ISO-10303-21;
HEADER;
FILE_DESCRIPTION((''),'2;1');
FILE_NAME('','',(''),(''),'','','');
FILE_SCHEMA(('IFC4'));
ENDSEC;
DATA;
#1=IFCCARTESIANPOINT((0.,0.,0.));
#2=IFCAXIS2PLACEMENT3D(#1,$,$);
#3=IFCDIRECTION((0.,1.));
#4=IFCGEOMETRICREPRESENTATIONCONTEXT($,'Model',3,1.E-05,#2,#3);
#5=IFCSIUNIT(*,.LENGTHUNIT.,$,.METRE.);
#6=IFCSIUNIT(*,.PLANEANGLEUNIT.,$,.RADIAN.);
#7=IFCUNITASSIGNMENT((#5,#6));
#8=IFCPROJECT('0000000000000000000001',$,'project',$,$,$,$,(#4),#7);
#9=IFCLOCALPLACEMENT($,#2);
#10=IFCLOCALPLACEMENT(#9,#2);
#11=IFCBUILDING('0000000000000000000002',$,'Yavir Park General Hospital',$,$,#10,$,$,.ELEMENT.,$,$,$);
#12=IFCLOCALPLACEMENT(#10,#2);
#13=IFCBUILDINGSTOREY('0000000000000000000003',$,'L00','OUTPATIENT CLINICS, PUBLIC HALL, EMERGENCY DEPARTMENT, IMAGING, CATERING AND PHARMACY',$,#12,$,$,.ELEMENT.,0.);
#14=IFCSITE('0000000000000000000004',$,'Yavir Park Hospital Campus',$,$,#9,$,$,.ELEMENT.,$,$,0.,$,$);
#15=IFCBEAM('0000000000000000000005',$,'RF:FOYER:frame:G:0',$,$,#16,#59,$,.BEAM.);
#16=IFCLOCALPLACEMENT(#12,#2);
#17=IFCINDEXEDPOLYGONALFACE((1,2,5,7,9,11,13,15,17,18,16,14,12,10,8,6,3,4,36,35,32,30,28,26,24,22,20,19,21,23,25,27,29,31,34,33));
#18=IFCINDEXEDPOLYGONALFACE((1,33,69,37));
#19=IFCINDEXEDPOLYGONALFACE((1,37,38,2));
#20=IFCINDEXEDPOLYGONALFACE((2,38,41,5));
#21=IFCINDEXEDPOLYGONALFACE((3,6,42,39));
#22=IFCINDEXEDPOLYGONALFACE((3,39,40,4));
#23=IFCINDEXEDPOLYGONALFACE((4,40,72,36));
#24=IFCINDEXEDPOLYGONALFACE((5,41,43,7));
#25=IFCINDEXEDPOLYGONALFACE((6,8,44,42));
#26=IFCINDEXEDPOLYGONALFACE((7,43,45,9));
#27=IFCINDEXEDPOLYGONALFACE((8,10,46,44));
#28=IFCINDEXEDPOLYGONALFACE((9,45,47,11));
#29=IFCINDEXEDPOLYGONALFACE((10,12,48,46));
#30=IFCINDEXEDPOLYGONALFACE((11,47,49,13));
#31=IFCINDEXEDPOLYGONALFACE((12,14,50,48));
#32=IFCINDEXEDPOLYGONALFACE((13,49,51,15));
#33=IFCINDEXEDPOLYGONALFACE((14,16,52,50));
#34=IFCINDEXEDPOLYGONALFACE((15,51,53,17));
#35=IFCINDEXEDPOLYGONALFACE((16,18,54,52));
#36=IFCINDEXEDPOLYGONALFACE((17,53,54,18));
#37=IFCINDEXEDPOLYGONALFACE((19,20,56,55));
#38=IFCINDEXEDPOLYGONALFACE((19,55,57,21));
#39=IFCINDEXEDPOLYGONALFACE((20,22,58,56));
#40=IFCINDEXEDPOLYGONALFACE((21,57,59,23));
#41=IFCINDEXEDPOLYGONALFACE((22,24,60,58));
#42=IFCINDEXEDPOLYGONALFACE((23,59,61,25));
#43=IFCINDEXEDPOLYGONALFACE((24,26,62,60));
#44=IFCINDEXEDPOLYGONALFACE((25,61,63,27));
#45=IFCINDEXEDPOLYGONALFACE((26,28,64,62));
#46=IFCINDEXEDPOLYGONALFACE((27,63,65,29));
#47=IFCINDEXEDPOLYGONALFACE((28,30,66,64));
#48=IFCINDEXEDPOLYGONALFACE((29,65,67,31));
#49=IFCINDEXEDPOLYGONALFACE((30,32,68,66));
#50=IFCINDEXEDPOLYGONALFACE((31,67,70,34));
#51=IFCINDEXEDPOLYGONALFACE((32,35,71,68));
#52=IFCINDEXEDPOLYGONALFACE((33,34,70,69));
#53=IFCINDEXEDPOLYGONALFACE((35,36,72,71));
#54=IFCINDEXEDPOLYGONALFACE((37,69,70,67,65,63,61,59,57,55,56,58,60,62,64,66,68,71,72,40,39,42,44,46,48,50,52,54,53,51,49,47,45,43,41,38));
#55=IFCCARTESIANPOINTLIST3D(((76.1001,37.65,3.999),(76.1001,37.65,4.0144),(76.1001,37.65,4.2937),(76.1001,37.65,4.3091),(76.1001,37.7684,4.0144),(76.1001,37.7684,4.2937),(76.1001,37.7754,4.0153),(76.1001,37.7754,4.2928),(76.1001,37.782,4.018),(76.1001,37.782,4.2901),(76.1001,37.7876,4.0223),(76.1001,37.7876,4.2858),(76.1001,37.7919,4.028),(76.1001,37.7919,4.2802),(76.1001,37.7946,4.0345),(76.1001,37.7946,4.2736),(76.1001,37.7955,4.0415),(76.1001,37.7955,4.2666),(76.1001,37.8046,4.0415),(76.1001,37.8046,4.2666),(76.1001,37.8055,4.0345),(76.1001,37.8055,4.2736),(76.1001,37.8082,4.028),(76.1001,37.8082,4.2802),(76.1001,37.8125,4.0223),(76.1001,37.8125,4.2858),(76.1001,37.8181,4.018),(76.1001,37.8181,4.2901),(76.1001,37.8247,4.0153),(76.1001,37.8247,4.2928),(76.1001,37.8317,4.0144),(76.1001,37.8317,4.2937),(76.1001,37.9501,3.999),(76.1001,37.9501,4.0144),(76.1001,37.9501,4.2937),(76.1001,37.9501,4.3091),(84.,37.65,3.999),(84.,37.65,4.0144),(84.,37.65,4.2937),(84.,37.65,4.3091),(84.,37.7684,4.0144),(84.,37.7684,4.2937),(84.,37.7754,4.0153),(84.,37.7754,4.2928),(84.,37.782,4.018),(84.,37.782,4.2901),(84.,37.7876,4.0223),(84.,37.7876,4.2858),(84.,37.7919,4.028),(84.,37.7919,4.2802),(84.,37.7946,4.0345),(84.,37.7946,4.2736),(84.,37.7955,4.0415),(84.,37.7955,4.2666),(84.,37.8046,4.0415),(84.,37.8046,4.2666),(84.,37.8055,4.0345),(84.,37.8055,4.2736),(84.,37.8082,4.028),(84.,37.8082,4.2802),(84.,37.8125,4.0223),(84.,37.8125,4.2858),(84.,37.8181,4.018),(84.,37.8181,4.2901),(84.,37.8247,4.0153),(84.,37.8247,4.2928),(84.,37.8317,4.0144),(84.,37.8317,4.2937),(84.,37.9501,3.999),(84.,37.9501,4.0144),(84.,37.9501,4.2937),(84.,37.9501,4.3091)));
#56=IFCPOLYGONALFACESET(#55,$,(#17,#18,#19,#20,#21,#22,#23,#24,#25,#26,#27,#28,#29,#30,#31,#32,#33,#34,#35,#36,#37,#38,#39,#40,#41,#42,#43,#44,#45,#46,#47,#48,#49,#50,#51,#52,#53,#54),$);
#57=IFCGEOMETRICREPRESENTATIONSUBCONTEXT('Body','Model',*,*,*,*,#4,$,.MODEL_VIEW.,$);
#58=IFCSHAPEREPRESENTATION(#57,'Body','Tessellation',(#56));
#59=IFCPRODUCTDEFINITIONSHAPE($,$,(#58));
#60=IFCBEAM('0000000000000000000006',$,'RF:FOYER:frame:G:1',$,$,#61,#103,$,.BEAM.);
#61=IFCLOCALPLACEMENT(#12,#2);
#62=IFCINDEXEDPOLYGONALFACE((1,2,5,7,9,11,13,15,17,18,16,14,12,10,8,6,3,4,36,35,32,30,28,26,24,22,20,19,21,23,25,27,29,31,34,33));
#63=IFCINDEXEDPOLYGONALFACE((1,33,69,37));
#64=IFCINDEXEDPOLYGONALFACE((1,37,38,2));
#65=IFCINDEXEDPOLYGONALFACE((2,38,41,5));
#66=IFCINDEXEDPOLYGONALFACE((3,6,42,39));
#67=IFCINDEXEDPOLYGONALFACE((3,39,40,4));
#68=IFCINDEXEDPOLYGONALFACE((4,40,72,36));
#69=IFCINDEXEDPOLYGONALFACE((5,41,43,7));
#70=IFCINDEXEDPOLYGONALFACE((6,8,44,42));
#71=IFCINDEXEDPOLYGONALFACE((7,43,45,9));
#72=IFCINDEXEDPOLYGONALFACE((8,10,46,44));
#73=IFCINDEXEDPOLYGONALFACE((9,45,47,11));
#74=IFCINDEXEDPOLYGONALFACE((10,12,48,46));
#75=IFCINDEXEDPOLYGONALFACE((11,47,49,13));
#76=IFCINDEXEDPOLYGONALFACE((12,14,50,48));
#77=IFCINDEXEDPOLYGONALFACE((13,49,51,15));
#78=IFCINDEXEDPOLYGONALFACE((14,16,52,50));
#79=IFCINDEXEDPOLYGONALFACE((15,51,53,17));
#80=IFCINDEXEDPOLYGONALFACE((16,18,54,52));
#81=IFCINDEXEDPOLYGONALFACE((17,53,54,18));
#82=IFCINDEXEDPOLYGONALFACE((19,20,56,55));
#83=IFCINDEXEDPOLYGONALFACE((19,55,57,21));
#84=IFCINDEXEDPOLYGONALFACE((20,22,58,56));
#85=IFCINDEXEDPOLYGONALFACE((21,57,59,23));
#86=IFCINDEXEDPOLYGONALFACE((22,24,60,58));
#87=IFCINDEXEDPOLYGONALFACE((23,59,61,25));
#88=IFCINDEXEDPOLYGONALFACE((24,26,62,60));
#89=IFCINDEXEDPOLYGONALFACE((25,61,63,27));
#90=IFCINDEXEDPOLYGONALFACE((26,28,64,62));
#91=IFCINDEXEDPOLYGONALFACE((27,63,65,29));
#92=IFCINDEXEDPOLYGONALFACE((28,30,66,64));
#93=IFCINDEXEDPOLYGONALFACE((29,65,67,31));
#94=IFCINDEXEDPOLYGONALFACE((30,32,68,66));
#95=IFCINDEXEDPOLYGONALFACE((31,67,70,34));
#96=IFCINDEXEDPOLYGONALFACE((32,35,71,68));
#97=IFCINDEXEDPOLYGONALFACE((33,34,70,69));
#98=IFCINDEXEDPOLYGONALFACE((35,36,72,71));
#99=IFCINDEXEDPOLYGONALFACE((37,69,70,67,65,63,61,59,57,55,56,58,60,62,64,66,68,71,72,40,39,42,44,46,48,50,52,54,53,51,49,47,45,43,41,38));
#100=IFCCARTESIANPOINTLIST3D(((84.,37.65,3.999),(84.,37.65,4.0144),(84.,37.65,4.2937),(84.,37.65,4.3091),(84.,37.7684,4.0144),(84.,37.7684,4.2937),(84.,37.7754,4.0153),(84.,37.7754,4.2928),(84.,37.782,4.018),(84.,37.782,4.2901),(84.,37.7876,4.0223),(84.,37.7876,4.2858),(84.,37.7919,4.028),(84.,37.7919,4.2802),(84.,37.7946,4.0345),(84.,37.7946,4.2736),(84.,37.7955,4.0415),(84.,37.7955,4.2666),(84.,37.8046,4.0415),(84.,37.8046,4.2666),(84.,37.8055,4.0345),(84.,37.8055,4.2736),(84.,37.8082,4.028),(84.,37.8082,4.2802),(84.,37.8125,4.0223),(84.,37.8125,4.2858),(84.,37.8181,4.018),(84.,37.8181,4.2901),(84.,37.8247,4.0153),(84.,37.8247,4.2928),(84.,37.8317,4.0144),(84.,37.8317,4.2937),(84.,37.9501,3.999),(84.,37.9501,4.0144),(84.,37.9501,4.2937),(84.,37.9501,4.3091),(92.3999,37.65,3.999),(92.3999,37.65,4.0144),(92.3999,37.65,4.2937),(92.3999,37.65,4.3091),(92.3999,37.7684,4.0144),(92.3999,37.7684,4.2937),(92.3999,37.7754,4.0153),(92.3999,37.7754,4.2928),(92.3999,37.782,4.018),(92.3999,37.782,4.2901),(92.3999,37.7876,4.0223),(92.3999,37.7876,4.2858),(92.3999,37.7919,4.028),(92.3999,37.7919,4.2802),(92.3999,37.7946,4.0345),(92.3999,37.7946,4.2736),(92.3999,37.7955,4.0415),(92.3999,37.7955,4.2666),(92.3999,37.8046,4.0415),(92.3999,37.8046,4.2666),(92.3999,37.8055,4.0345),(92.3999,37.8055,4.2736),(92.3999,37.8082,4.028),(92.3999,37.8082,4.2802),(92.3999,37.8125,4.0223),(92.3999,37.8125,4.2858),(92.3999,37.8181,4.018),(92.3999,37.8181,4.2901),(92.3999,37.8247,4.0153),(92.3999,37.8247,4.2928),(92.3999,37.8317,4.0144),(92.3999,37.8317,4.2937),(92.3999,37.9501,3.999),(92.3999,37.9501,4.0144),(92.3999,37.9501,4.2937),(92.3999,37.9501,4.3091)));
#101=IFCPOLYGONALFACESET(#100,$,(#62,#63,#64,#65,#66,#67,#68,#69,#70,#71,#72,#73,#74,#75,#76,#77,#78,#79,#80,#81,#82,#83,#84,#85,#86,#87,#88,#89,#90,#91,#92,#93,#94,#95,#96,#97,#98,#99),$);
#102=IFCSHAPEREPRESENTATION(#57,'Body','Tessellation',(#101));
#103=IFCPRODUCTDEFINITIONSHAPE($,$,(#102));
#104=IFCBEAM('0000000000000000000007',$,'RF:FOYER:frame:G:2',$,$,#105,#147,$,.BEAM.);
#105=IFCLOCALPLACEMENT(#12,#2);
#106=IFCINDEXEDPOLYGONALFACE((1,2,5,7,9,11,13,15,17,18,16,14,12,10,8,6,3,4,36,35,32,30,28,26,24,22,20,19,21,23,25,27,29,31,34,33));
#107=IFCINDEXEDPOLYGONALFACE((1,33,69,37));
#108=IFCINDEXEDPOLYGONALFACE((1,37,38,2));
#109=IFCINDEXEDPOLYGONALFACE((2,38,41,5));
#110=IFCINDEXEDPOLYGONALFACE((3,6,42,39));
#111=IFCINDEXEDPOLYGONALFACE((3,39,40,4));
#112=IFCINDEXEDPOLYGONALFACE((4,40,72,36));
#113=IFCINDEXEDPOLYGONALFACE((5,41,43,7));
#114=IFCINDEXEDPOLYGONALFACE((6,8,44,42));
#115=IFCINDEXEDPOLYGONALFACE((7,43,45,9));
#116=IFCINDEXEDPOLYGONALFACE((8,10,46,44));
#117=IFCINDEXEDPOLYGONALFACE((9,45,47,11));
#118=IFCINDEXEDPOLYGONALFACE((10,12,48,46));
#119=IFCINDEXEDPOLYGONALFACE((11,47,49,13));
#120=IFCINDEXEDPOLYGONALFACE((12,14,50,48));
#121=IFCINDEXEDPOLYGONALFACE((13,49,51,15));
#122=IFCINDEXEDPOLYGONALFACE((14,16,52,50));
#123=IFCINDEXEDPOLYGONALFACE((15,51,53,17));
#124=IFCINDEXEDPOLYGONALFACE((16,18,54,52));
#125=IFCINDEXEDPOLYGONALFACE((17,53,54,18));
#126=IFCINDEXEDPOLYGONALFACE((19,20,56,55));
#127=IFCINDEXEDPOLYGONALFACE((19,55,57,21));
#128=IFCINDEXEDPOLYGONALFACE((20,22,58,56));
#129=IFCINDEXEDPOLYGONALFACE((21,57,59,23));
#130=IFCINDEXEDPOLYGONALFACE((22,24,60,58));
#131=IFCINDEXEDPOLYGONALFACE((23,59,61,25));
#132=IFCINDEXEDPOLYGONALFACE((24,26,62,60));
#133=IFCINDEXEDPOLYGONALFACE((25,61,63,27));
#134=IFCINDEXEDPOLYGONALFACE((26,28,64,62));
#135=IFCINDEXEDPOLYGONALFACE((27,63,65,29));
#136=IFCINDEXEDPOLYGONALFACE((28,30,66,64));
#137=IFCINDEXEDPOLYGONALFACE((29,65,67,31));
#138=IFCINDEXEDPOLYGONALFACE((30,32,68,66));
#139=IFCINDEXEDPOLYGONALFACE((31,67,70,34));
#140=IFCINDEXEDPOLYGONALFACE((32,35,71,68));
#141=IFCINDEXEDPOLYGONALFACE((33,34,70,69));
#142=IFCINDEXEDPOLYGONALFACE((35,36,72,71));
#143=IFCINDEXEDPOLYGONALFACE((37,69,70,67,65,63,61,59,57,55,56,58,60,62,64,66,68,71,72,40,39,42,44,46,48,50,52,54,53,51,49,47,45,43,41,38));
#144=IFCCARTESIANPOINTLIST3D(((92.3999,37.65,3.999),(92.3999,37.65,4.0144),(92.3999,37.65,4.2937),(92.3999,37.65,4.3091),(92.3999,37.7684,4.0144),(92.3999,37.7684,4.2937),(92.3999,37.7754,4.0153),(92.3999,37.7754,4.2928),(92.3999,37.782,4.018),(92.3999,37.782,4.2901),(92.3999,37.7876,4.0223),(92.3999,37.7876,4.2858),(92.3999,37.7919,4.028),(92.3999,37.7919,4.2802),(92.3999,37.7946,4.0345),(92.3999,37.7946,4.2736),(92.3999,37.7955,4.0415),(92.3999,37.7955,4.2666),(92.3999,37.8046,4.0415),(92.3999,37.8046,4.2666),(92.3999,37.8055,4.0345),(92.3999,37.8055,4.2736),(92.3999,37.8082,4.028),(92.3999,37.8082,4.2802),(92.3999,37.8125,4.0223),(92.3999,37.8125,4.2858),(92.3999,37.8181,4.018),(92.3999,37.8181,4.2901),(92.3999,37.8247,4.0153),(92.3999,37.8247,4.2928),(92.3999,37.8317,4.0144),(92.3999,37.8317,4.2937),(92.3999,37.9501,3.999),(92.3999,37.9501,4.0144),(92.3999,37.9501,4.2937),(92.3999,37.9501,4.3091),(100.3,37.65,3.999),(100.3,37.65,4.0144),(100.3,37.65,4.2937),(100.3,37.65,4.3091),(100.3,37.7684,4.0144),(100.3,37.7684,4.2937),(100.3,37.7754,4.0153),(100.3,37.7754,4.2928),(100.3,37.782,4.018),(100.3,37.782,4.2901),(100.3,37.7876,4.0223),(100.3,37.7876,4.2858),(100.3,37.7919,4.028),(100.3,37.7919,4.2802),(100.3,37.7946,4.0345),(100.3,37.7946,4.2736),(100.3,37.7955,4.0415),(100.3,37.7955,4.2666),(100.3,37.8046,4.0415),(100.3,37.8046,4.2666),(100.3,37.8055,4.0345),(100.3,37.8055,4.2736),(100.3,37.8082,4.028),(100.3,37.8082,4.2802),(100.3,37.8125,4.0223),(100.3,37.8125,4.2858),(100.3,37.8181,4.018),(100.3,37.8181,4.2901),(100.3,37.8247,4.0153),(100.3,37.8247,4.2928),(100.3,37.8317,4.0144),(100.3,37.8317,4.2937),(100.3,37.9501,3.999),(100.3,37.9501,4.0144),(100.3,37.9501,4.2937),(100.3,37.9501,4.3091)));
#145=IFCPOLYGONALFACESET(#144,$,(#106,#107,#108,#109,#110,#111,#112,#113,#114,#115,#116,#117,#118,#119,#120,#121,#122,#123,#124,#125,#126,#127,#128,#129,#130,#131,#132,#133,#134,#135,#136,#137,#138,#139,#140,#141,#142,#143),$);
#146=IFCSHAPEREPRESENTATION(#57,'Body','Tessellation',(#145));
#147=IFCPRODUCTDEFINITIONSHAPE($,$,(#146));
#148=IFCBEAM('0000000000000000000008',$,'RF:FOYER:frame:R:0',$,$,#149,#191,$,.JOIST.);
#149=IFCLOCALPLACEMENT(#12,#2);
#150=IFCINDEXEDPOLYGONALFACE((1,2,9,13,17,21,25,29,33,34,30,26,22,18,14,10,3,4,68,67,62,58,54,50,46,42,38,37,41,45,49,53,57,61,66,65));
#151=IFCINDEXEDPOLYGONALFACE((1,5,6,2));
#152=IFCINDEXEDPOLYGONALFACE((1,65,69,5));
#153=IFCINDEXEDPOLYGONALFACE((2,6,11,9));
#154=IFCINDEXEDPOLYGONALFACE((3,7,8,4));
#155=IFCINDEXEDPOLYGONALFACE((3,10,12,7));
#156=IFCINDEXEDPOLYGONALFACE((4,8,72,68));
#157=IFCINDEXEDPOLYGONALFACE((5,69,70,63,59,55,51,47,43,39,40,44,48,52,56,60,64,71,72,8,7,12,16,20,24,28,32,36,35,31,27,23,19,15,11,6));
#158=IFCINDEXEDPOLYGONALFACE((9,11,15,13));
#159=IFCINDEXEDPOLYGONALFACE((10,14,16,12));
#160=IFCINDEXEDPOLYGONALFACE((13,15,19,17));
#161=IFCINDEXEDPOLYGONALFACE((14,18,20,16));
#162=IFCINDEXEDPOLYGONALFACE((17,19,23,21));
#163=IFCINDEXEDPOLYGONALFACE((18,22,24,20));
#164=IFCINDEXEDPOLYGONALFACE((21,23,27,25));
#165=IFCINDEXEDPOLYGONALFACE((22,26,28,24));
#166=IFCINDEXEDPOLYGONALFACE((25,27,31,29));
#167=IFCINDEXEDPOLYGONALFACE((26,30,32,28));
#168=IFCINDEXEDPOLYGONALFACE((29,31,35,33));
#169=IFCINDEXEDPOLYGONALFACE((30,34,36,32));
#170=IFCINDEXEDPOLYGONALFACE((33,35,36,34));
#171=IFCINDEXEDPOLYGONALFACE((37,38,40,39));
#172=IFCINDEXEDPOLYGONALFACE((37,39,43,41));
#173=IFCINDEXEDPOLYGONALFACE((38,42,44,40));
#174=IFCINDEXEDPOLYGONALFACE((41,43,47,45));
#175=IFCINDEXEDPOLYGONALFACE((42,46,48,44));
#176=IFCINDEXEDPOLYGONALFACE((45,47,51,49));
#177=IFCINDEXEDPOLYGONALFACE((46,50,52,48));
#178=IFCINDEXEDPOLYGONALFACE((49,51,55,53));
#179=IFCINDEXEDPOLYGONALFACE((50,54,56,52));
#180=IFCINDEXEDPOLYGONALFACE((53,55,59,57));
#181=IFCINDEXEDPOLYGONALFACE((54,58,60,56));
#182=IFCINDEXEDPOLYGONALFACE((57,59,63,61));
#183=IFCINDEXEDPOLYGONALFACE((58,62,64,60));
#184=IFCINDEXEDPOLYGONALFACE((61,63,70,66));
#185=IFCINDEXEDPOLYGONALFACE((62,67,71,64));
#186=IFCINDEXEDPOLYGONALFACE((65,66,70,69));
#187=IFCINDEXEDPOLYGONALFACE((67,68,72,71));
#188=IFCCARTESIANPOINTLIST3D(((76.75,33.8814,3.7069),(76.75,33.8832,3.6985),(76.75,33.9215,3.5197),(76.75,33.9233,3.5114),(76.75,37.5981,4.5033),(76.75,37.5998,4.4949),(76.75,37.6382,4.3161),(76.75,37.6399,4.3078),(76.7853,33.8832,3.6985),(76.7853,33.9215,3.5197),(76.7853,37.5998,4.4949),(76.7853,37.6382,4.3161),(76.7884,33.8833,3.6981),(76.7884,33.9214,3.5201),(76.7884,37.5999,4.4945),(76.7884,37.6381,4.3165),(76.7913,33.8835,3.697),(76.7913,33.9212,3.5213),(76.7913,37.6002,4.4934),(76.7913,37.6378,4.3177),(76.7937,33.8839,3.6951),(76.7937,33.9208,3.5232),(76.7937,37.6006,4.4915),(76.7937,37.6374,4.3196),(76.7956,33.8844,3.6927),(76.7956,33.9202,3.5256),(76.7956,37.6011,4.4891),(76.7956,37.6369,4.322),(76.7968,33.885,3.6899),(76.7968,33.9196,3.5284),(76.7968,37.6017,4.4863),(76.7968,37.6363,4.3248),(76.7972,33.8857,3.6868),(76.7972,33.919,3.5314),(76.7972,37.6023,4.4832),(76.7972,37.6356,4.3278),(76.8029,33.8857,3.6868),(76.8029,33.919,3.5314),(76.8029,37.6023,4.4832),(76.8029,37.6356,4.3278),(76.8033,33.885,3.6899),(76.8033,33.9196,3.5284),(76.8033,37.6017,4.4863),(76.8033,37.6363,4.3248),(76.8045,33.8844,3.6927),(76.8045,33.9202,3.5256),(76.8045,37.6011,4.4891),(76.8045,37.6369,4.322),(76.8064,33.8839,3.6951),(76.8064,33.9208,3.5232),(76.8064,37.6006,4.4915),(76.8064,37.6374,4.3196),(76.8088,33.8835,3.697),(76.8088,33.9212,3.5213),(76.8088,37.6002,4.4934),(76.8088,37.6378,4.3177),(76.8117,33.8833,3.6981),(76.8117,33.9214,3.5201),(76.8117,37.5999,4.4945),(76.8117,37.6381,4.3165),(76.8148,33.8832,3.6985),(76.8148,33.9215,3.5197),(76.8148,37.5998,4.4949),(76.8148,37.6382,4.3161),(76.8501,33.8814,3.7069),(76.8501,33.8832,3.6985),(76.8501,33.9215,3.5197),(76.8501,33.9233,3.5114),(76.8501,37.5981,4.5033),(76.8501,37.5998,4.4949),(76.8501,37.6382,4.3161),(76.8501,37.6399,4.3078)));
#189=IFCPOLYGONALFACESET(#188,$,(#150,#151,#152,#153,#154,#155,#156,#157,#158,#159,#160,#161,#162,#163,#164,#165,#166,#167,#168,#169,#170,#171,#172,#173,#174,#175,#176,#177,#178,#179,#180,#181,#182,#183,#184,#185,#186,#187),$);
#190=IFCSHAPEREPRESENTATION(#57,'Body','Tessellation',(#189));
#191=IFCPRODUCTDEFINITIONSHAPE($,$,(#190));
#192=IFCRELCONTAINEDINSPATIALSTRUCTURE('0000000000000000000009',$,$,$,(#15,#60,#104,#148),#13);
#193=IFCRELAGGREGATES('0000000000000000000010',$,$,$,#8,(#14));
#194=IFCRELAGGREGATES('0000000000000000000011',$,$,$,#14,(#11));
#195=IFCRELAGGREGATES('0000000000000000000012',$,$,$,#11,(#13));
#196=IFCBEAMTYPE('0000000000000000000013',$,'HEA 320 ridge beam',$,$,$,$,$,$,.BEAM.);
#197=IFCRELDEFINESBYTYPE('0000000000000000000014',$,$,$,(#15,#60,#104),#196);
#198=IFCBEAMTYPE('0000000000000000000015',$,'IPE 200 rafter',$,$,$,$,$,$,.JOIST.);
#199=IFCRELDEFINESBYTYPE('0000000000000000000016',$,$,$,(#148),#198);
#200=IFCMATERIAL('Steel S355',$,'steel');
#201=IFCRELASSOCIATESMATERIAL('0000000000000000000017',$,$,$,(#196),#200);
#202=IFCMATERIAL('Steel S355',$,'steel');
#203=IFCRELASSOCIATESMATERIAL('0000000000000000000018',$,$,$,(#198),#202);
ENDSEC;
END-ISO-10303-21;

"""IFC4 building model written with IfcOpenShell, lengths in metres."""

from ifc_helpers import new_model, si_unit, direction, frame, origin, origin_2d, place, context, subcontext, project, spatial, i_section, extrude, material, material_profile, profile_set, type_object, element, save


model = new_model("IFC4")

# Units and contexts
model_context = context("Model", 3, precision=1e-05, world=origin(), true_north=direction((0.0, 1.0)))
body_context = subcontext(model_context, "Body", "Model", "MODEL_VIEW")
ifc_project = project(units=[si_unit("LENGTHUNIT", "METRE"), si_unit("PLANEANGLEUNIT", "RADIAN")], contexts=[model_context])

# Site, building, storey
site_placement = place(None, origin())
site = spatial("IfcSite", under=ifc_project, at=site_placement, Name="Yavir Park Hospital Campus", CompositionType="ELEMENT", RefElevation=0.0)
building_placement = place(site_placement, origin())
building = spatial("IfcBuilding", under=site, at=building_placement, Name="Yavir Park General Hospital", CompositionType="ELEMENT")
storey_placement = place(building_placement, origin())
storey = spatial("IfcBuildingStorey", under=building, at=storey_placement, Name="L00", Description="OUTPATIENT CLINICS, PUBLIC HALL, EMERGENCY DEPARTMENT, IMAGING, CATERING AND PHARMACY", CompositionType="ELEMENT", Elevation=0.0)

# Beams
ifc_material_1 = material(Name="Steel S355", Category="steel")
ifc_material_profile_1 = material_profile(ifc_material_1, i_section(OverallWidth=0.3, OverallDepth=0.3101, WebThickness=0.009, FlangeThickness=0.0154, FilletRadius=0.0271, at=origin_2d()), Name="HEA320")
ifc_profile_set_1 = profile_set([ifc_material_profile_1], Name="Steel S355")
beam_type_1 = type_object("IfcBeamType", Name="HEA 320 ridge beam", PredefinedType="BEAM", material=ifc_profile_set_1)
beam_1_placement = place(storey_placement, frame((76.1001, 37.8, 4.1541), z_axis=(1.0, 0.0, 0.0), x_axis=(0.0, 1.0, 0.0)))
element("IfcBeam", 1, at=beam_1_placement, inside=storey, type_object=beam_type_1, Name="RF:FOYER:frame:G:0", PredefinedType="BEAM", context=body_context, shape_type="SweptSolid", body=[
    extrude(i_section(OverallWidth=0.3, OverallDepth=0.3101, WebThickness=0.009, FlangeThickness=0.0154, FilletRadius=0.0271, at=origin_2d()), origin(), (0.0, 0.0, 1.0), 7.8999),
])
beam_2_placement = place(storey_placement, frame((84.0, 37.8, 4.1541), z_axis=(1.0, 0.0, 0.0), x_axis=(0.0, 1.0, 0.0)))
element("IfcBeam", 2, at=beam_2_placement, inside=storey, type_object=beam_type_1, Name="RF:FOYER:frame:G:1", PredefinedType="BEAM", context=body_context, shape_type="SweptSolid", body=[
    extrude(i_section(OverallWidth=0.3, OverallDepth=0.3101, WebThickness=0.009, FlangeThickness=0.0154, FilletRadius=0.0271, at=origin_2d()), origin(), (0.0, 0.0, 1.0), 8.3999),
])
beam_3_placement = place(storey_placement, frame((92.3999, 37.8, 4.1541), z_axis=(1.0, 0.0, 0.0), x_axis=(0.0, 1.0, 0.0)))
element("IfcBeam", 3, at=beam_3_placement, inside=storey, type_object=beam_type_1, Name="RF:FOYER:frame:G:2", PredefinedType="BEAM", context=body_context, shape_type="SweptSolid", body=[
    extrude(i_section(OverallWidth=0.3, OverallDepth=0.3101, WebThickness=0.009, FlangeThickness=0.0154, FilletRadius=0.0271, at=origin_2d()), origin(), (0.0, 0.0, 1.0), 7.9001),
])
ifc_material_2 = material(Name="Steel S355", Category="steel")
ifc_material_profile_2 = material_profile(ifc_material_2, i_section(OverallWidth=0.1001, OverallDepth=0.2, WebThickness=0.0056, FlangeThickness=0.0085, FilletRadius=0.012, at=origin_2d()), Name="IPE200")
ifc_profile_set_2 = profile_set([ifc_material_profile_2], Name="Steel S355")
beam_type_2 = type_object("IfcBeamType", Name="IPE 200 rafter", PredefinedType="JOIST", material=ifc_profile_set_2)
beam_4_placement = place(storey_placement, frame((76.8, 33.9023, 3.6091), z_axis=(0.0, 0.977803, 0.209525), x_axis=(-1.0, 0.0, 0.0)))
element("IfcBeam", 4, at=beam_4_placement, inside=storey, type_object=beam_type_2, Name="RF:FOYER:frame:R:0", PredefinedType="JOIST", context=body_context, shape_type="SweptSolid", body=[
    extrude(i_section(OverallWidth=0.1001, OverallDepth=0.2, WebThickness=0.0056, FlangeThickness=0.0085, FilletRadius=0.012, at=origin_2d()), origin(), (0.0, 0.0, 1.0), 3.801),
])

save(model, "model.ifc")
